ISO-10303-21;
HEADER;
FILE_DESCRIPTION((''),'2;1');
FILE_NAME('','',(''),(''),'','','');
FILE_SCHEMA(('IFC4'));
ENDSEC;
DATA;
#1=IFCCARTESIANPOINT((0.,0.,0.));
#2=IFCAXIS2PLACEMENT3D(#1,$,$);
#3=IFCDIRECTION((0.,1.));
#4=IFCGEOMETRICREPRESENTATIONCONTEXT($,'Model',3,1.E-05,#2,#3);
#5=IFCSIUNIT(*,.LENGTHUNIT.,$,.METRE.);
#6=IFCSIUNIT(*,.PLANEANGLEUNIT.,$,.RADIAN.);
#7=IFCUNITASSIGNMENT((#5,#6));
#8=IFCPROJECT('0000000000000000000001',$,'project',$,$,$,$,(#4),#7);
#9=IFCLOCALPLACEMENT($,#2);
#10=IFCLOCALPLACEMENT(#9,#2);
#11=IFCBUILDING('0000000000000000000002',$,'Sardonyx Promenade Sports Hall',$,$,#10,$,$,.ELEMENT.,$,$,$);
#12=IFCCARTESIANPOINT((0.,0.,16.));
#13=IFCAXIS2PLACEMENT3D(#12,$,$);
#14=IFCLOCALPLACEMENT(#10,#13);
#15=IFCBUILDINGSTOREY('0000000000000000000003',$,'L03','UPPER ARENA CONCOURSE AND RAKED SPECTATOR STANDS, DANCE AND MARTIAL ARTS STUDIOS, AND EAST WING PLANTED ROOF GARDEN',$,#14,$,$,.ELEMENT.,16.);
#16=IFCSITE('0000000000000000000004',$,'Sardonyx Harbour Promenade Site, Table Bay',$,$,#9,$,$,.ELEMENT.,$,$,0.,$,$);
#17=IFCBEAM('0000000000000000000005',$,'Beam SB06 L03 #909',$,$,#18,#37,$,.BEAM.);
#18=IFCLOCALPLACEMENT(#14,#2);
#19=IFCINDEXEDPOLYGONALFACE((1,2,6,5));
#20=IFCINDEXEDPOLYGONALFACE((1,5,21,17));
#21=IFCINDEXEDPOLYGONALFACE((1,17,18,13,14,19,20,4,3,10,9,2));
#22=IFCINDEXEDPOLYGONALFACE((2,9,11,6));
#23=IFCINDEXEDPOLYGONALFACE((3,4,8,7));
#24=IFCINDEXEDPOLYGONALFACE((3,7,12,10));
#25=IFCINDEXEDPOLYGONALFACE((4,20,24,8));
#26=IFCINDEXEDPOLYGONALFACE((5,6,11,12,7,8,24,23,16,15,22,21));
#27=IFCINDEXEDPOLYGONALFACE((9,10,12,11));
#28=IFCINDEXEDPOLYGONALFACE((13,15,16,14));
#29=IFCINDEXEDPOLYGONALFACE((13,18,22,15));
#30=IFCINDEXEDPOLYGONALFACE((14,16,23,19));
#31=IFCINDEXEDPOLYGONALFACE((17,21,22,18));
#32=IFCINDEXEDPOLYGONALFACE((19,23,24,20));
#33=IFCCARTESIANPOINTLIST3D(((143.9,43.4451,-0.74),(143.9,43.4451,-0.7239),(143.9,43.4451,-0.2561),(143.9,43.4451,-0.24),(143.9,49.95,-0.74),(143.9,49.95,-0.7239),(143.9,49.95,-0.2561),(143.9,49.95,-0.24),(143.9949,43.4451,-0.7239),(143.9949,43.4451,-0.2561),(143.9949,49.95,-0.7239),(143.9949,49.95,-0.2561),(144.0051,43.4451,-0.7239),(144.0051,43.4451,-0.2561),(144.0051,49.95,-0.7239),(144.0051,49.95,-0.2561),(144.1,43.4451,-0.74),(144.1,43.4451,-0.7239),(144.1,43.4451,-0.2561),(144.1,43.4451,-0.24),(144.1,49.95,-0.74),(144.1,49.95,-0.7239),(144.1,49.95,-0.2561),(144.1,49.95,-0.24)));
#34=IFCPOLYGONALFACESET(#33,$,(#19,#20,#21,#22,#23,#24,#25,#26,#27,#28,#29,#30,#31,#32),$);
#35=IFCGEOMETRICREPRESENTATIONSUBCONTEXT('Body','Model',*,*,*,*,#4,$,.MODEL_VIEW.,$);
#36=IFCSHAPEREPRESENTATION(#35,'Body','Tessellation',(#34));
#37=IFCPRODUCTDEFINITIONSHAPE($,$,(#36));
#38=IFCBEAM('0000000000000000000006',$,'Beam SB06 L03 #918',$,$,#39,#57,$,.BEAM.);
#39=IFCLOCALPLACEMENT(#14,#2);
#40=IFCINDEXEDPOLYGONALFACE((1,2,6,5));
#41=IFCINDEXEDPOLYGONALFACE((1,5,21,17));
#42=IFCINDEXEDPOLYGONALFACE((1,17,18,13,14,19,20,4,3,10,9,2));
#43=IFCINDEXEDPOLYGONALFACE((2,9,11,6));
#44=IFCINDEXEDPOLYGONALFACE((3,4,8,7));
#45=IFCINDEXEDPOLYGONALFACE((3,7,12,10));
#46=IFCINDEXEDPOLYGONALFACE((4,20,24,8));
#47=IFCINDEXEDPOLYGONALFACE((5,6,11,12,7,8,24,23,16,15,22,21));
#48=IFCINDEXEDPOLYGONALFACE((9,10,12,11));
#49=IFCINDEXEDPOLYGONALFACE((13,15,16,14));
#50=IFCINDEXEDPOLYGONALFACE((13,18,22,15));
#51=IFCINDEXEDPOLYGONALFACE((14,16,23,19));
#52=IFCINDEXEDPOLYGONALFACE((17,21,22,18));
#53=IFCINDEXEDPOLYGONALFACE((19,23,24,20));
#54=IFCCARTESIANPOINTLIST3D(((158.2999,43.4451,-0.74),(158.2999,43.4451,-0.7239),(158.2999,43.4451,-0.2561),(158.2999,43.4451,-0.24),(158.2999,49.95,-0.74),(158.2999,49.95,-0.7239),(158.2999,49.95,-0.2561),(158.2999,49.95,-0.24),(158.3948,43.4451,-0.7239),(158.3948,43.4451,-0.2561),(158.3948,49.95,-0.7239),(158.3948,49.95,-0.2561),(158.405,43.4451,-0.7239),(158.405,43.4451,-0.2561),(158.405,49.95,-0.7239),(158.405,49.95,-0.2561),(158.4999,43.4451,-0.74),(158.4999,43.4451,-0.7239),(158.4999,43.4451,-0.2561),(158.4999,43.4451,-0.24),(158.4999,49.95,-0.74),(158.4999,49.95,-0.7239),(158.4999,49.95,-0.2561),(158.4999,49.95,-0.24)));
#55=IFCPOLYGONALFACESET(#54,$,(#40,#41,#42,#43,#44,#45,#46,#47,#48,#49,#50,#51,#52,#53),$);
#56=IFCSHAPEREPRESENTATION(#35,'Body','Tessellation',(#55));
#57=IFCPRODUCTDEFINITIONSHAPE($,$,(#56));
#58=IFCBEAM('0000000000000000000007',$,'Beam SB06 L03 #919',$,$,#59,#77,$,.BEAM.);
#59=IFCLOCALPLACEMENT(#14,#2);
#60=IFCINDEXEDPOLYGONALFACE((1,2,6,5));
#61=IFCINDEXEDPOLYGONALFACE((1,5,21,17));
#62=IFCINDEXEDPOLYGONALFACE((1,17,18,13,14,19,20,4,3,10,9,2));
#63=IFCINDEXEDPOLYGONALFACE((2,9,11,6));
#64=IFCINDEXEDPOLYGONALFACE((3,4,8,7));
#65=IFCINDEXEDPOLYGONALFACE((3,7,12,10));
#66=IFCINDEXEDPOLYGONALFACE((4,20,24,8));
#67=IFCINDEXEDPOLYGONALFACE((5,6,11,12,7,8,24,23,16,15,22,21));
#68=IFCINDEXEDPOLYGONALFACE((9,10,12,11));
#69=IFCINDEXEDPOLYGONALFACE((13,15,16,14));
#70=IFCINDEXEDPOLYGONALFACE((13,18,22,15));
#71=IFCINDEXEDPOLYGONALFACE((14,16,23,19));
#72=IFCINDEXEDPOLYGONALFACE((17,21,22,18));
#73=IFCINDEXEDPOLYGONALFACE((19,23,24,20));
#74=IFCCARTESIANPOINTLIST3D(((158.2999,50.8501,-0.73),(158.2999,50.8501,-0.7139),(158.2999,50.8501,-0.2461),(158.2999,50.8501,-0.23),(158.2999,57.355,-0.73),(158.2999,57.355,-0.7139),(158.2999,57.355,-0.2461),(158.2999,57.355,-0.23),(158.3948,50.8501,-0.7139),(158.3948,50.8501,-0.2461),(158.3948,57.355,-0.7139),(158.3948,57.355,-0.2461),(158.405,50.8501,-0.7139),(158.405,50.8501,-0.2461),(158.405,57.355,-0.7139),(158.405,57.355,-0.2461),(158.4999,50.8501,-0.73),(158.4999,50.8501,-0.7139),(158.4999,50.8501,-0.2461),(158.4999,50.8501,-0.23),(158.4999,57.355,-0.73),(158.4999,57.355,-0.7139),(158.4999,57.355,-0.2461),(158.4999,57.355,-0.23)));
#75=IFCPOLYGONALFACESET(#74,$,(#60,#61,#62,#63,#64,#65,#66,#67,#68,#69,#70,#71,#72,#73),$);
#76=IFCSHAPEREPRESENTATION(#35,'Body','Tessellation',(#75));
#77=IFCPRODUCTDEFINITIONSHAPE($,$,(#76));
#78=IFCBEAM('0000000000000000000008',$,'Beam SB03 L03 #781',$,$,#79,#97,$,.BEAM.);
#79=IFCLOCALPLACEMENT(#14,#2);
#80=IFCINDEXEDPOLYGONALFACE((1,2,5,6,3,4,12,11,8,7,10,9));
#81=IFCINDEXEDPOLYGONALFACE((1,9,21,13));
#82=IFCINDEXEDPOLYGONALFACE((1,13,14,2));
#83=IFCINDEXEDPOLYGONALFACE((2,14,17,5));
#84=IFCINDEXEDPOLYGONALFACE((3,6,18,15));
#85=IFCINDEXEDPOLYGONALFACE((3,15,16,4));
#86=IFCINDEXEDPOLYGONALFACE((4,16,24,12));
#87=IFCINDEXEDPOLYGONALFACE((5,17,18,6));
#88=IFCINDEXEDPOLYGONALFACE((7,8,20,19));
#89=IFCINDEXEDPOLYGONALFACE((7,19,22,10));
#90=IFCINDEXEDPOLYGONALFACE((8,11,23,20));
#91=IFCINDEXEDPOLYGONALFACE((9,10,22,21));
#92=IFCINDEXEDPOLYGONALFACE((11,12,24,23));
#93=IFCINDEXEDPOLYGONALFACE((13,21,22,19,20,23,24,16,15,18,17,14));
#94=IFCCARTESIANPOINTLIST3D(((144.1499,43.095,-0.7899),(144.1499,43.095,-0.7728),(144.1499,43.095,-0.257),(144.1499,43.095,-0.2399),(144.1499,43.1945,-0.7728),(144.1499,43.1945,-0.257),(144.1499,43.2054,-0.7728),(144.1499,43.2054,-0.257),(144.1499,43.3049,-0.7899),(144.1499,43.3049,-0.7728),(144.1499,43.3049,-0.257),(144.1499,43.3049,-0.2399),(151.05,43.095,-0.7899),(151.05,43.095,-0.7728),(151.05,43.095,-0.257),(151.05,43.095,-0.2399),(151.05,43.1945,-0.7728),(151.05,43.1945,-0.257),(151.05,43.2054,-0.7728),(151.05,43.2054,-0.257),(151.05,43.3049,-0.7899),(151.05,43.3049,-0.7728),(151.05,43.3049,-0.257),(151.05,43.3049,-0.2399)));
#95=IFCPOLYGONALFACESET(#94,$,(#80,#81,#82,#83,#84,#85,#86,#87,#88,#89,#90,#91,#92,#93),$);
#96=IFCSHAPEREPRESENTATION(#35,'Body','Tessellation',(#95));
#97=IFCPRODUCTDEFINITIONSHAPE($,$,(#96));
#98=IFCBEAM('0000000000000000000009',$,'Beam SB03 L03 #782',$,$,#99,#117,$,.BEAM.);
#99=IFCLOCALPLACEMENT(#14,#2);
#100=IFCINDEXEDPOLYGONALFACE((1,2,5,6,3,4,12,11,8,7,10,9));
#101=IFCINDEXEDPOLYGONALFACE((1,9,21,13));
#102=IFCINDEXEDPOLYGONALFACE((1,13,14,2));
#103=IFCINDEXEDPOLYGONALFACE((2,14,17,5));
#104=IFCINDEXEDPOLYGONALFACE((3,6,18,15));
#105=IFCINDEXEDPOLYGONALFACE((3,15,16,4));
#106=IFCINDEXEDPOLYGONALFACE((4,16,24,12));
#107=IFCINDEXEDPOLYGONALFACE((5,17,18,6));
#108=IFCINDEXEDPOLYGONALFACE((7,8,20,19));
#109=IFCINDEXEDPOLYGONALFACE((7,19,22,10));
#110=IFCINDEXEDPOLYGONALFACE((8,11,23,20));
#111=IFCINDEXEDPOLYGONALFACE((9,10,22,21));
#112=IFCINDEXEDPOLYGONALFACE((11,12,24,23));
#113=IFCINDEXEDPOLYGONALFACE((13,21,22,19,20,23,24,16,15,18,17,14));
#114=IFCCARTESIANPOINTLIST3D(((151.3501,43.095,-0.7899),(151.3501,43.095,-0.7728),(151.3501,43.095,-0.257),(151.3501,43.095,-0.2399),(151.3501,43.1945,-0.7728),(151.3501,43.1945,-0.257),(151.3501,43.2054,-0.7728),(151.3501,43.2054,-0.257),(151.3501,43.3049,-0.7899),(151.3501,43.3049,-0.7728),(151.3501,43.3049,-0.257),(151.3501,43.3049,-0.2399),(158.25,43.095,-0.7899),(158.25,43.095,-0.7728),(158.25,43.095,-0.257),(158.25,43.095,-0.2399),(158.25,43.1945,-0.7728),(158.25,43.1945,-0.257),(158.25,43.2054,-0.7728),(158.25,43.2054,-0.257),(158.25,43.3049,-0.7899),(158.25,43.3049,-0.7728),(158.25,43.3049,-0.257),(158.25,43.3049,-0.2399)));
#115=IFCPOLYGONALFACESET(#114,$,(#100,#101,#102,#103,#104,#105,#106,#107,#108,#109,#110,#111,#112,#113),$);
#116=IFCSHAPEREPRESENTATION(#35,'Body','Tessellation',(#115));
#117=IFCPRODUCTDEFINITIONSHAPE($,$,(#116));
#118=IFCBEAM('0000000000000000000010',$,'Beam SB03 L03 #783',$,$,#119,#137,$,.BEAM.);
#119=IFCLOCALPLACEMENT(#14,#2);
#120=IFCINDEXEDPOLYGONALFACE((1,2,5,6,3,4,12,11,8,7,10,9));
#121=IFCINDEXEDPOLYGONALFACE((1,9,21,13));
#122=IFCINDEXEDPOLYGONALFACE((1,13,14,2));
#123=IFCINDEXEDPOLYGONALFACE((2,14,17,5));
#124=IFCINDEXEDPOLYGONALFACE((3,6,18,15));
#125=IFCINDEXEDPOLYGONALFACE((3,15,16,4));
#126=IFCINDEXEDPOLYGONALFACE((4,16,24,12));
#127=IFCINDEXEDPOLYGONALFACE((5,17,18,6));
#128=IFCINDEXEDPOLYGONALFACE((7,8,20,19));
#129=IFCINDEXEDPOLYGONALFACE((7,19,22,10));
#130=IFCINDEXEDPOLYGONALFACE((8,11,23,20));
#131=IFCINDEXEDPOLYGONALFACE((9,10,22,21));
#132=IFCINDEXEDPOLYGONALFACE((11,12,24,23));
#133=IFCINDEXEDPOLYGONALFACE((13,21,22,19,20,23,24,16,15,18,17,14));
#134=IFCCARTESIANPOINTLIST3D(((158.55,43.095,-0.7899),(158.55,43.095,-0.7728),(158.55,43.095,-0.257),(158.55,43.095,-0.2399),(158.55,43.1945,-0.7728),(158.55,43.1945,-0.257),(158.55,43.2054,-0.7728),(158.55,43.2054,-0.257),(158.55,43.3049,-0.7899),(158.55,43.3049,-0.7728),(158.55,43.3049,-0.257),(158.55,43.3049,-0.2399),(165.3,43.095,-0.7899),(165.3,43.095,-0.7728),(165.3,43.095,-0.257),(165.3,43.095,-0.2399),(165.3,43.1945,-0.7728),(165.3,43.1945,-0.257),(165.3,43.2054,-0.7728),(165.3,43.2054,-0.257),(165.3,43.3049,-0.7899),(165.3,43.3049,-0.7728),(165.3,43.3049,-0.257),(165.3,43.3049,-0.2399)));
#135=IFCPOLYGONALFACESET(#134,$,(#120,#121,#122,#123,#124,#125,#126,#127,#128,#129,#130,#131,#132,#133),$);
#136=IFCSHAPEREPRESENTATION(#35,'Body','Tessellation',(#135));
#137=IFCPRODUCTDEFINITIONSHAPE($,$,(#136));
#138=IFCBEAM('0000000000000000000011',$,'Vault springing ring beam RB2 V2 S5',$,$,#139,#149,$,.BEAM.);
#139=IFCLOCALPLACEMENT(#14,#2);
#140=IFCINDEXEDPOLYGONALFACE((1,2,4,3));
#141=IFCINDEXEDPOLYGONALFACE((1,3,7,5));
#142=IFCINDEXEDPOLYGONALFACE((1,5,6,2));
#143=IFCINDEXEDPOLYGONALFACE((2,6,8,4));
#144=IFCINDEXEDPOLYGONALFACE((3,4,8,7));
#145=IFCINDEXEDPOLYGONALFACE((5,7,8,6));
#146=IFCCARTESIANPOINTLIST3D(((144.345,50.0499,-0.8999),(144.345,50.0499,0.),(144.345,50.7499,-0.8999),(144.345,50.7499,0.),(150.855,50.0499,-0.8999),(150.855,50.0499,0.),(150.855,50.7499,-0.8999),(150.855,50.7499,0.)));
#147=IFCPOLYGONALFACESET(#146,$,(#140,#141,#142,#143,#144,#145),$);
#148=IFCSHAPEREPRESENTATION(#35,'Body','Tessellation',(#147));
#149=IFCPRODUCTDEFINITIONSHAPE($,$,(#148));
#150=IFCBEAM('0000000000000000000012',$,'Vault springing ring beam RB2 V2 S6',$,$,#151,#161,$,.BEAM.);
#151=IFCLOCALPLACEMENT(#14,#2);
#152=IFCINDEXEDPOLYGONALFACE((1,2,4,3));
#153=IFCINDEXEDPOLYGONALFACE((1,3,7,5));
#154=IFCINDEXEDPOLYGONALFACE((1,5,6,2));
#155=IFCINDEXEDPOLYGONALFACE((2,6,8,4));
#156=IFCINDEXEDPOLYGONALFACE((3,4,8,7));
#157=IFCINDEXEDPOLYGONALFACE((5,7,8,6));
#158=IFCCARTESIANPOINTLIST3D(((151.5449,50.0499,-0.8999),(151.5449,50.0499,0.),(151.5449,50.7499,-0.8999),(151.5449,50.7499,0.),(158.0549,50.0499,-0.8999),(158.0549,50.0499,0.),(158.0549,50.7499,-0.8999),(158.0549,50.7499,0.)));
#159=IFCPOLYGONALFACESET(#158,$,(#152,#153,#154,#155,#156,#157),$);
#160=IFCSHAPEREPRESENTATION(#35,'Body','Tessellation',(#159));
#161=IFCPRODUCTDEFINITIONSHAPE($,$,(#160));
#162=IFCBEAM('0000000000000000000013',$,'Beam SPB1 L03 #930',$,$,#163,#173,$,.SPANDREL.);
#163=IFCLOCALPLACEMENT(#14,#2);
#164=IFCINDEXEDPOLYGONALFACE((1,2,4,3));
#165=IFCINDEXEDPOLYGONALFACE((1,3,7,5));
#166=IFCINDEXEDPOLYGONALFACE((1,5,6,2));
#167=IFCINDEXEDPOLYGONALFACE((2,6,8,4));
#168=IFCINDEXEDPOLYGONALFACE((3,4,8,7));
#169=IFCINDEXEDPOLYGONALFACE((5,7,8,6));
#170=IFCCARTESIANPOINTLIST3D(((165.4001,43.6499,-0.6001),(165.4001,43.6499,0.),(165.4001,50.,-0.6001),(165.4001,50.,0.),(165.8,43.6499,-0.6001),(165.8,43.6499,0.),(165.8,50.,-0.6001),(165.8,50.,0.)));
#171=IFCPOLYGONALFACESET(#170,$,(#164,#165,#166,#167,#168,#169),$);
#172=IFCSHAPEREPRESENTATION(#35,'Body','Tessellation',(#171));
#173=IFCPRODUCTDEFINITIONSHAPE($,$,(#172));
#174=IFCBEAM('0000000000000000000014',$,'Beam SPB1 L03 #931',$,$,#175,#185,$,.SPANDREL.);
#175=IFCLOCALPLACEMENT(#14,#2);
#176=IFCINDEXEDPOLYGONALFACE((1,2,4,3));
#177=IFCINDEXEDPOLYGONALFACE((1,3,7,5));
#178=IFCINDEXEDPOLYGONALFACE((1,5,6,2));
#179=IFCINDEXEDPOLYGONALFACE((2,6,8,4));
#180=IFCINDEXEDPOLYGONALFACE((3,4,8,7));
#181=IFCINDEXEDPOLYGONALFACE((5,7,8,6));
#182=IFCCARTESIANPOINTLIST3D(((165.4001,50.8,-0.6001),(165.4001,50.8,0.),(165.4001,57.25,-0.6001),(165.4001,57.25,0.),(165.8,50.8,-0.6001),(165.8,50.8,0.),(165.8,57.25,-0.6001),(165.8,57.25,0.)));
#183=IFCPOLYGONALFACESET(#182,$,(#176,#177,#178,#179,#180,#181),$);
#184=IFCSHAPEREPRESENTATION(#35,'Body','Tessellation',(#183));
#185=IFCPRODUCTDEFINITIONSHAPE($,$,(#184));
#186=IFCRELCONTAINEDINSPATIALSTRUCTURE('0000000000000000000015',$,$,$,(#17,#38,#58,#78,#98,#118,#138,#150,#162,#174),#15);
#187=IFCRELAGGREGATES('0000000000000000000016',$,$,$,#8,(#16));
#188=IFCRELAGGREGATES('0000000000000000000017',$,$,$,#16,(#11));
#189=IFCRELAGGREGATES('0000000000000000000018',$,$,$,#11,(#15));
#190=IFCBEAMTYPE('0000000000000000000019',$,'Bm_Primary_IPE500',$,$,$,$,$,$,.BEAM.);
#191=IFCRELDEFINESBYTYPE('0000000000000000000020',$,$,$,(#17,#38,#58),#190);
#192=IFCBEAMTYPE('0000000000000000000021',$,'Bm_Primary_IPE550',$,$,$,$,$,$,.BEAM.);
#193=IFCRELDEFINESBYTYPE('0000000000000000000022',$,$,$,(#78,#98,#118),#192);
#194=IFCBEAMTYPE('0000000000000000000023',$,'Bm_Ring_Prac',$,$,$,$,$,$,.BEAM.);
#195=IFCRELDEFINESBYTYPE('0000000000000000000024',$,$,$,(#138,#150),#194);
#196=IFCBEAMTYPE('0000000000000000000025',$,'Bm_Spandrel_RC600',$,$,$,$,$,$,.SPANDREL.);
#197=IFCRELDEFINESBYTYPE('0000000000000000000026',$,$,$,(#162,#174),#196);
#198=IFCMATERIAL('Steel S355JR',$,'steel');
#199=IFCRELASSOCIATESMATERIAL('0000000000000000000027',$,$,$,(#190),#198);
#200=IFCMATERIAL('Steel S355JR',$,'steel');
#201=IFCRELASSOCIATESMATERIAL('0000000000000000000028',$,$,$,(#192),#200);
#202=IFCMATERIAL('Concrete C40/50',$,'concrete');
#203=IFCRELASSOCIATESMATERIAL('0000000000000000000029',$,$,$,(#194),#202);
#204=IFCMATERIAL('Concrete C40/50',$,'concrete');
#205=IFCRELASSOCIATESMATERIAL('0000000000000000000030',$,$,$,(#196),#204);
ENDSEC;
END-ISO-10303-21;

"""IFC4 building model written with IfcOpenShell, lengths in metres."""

from ifc_helpers import new_model, si_unit, direction, frame, origin, origin_2d, place, context, subcontext, project, spatial, rectangle, i_section, extrude, material, material_profile, profile_set, type_object, element, save


model = new_model("IFC4")

# Units and contexts
model_context = context("Model", 3, precision=1e-05, world=origin(), true_north=direction((0.0, 1.0)))
body_context = subcontext(model_context, "Body", "Model", "MODEL_VIEW")
ifc_project = project(units=[si_unit("LENGTHUNIT", "METRE"), si_unit("PLANEANGLEUNIT", "RADIAN")], contexts=[model_context])

# Site, building, storey
site_placement = place(None, origin())
site = spatial("IfcSite", under=ifc_project, at=site_placement, Name="Sardonyx Harbour Promenade Site, Table Bay", CompositionType="ELEMENT", RefElevation=0.0)
building_placement = place(site_placement, origin())
building = spatial("IfcBuilding", under=site, at=building_placement, Name="Sardonyx Promenade Sports Hall", CompositionType="ELEMENT")
storey_placement = place(building_placement, frame((0.0, 0.0, 16.0)))
storey = spatial("IfcBuildingStorey", under=building, at=storey_placement, Name="L03", Description="UPPER ARENA CONCOURSE AND RAKED SPECTATOR STANDS, DANCE AND MARTIAL ARTS STUDIOS, AND EAST WING PLANTED ROOF GARDEN", CompositionType="ELEMENT", Elevation=16.0)

# Beams
ifc_material_1 = material(Name="Steel S355JR", Category="steel")
ifc_material_profile_1 = material_profile(ifc_material_1, i_section(OverallWidth=0.2, OverallDepth=0.5, WebThickness=0.0103, FlangeThickness=0.0161, at=origin_2d()))
ifc_profile_set_1 = profile_set([ifc_material_profile_1], Name="Steel S355JR")
beam_type_1 = type_object("IfcBeamType", Name="Bm_Primary_IPE500", PredefinedType="BEAM", material=ifc_profile_set_1)
for number, where, z_axis, x_axis, name in (
    (1, (144.0, 43.4451, -0.49), (0.0, 1.0, 0.0), (-1.0, 0.0, 0.0), "Beam SB06 L03 #909"),
    (2, (158.3999, 43.4451, -0.49), (0.0, 1.0, 0.0), (-1.0, 0.0, 0.0), "Beam SB06 L03 #918"),
    (3, (158.3999, 50.8501, -0.48), (0.0, 1.0, 0.0), (-1.0, 0.0, 0.0), "Beam SB06 L03 #919"),
):
    element("IfcBeam", number, at=place(storey_placement, frame(where, z_axis=z_axis, x_axis=x_axis)), inside=storey, type_object=beam_type_1, Name=name, PredefinedType="BEAM", context=body_context, shape_type="SweptSolid", body=[
        extrude(i_section(OverallWidth=0.2, OverallDepth=0.5, WebThickness=0.0103, FlangeThickness=0.0161, at=origin_2d()), origin(), (0.0, 0.0, 1.0), 6.5049),
    ])
ifc_material_2 = material(Name="Steel S355JR", Category="steel")
ifc_material_profile_2 = material_profile(ifc_material_2, i_section(OverallWidth=0.21, OverallDepth=0.55, WebThickness=0.011, FlangeThickness=0.0171, at=origin_2d()))
ifc_profile_set_2 = profile_set([ifc_material_profile_2], Name="Steel S355JR")
beam_type_2 = type_object("IfcBeamType", Name="Bm_Primary_IPE550", PredefinedType="BEAM", material=ifc_profile_set_2)
beam_1_placement = place(storey_placement, frame((144.1499, 43.2, -0.5149), z_axis=(1.0, 0.0, 0.0), x_axis=(0.0, 1.0, 0.0)))
element("IfcBeam", 4, at=beam_1_placement, inside=storey, type_object=beam_type_2, Name="Beam SB03 L03 #781", PredefinedType="BEAM", context=body_context, shape_type="SweptSolid", body=[
    extrude(i_section(OverallWidth=0.21, OverallDepth=0.55, WebThickness=0.011, FlangeThickness=0.0171, at=origin_2d()), origin(), (0.0, 0.0, 1.0), 6.9001),
])
beam_2_placement = place(storey_placement, frame((151.3501, 43.2, -0.5149), z_axis=(1.0, 0.0, 0.0), x_axis=(0.0, 1.0, 0.0)))
element("IfcBeam", 5, at=beam_2_placement, inside=storey, type_object=beam_type_2, Name="Beam SB03 L03 #782", PredefinedType="BEAM", context=body_context, shape_type="SweptSolid", body=[
    extrude(i_section(OverallWidth=0.21, OverallDepth=0.55, WebThickness=0.011, FlangeThickness=0.0171, at=origin_2d()), origin(), (0.0, 0.0, 1.0), 6.8999),
])
beam_3_placement = place(storey_placement, frame((158.55, 43.2, -0.5149), z_axis=(1.0, 0.0, 0.0), x_axis=(0.0, 1.0, 0.0)))
element("IfcBeam", 6, at=beam_3_placement, inside=storey, type_object=beam_type_2, Name="Beam SB03 L03 #783", PredefinedType="BEAM", context=body_context, shape_type="SweptSolid", body=[
    extrude(i_section(OverallWidth=0.21, OverallDepth=0.55, WebThickness=0.011, FlangeThickness=0.0171, at=origin_2d()), origin(), (0.0, 0.0, 1.0), 6.75),
])
ifc_material_3 = material(Name="Concrete C40/50", Category="concrete")
ifc_material_profile_3 = material_profile(ifc_material_3, rectangle(XDim=0.7, YDim=0.8999, at=origin_2d()))
ifc_profile_set_3 = profile_set([ifc_material_profile_3], Name="Concrete C40/50")
beam_type_3 = type_object("IfcBeamType", Name="Bm_Ring_Prac", PredefinedType="BEAM", material=ifc_profile_set_3)
for number, where, z_axis, x_axis, name in (
    (7, (144.345, 50.3999, -0.45), (1.0, 0.0, 0.0), (0.0, 1.0, 0.0), "Vault springing ring beam RB2 V2 S5"),
    (8, (151.5449, 50.3999, -0.45), (1.0, 0.0, 0.0), (0.0, 1.0, 0.0), "Vault springing ring beam RB2 V2 S6"),
):
    element("IfcBeam", number, at=place(storey_placement, frame(where, z_axis=z_axis, x_axis=x_axis)), inside=storey, type_object=beam_type_3, Name=name, PredefinedType="BEAM", context=body_context, shape_type="SweptSolid", body=[
        extrude(rectangle(XDim=0.7, YDim=0.8999, at=origin_2d()), origin(), (0.0, 0.0, 1.0), 6.51),
    ])
ifc_material_4 = material(Name="Concrete C40/50", Category="concrete")
ifc_material_profile_4 = material_profile(ifc_material_4, rectangle(XDim=0.3999, YDim=0.6001, at=origin_2d()))
ifc_profile_set_4 = profile_set([ifc_material_profile_4], Name="Concrete C40/50")
beam_type_4 = type_object("IfcBeamType", Name="Bm_Spandrel_RC600", PredefinedType="SPANDREL", material=ifc_profile_set_4)
beam_4_placement = place(storey_placement, frame((165.6001, 43.6499, -0.3), z_axis=(0.0, 1.0, 0.0), x_axis=(-1.0, 0.0, 0.0)))
element("IfcBeam", 9, at=beam_4_placement, inside=storey, type_object=beam_type_4, Name="Beam SPB1 L03 #930", PredefinedType="SPANDREL", context=body_context, shape_type="SweptSolid", body=[
    extrude(rectangle(XDim=0.3999, YDim=0.6001, at=origin_2d()), origin(), (0.0, 0.0, 1.0), 6.3501),
])
beam_5_placement = place(storey_placement, frame((165.6001, 50.8, -0.3), z_axis=(0.0, 1.0, 0.0), x_axis=(-1.0, 0.0, 0.0)))
element("IfcBeam", 10, at=beam_5_placement, inside=storey, type_object=beam_type_4, Name="Beam SPB1 L03 #931", PredefinedType="SPANDREL", context=body_context, shape_type="SweptSolid", body=[
    extrude(rectangle(XDim=0.3999, YDim=0.6001, at=origin_2d()), origin(), (0.0, 0.0, 1.0), 6.45),
])

save(model, "model.ifc")
